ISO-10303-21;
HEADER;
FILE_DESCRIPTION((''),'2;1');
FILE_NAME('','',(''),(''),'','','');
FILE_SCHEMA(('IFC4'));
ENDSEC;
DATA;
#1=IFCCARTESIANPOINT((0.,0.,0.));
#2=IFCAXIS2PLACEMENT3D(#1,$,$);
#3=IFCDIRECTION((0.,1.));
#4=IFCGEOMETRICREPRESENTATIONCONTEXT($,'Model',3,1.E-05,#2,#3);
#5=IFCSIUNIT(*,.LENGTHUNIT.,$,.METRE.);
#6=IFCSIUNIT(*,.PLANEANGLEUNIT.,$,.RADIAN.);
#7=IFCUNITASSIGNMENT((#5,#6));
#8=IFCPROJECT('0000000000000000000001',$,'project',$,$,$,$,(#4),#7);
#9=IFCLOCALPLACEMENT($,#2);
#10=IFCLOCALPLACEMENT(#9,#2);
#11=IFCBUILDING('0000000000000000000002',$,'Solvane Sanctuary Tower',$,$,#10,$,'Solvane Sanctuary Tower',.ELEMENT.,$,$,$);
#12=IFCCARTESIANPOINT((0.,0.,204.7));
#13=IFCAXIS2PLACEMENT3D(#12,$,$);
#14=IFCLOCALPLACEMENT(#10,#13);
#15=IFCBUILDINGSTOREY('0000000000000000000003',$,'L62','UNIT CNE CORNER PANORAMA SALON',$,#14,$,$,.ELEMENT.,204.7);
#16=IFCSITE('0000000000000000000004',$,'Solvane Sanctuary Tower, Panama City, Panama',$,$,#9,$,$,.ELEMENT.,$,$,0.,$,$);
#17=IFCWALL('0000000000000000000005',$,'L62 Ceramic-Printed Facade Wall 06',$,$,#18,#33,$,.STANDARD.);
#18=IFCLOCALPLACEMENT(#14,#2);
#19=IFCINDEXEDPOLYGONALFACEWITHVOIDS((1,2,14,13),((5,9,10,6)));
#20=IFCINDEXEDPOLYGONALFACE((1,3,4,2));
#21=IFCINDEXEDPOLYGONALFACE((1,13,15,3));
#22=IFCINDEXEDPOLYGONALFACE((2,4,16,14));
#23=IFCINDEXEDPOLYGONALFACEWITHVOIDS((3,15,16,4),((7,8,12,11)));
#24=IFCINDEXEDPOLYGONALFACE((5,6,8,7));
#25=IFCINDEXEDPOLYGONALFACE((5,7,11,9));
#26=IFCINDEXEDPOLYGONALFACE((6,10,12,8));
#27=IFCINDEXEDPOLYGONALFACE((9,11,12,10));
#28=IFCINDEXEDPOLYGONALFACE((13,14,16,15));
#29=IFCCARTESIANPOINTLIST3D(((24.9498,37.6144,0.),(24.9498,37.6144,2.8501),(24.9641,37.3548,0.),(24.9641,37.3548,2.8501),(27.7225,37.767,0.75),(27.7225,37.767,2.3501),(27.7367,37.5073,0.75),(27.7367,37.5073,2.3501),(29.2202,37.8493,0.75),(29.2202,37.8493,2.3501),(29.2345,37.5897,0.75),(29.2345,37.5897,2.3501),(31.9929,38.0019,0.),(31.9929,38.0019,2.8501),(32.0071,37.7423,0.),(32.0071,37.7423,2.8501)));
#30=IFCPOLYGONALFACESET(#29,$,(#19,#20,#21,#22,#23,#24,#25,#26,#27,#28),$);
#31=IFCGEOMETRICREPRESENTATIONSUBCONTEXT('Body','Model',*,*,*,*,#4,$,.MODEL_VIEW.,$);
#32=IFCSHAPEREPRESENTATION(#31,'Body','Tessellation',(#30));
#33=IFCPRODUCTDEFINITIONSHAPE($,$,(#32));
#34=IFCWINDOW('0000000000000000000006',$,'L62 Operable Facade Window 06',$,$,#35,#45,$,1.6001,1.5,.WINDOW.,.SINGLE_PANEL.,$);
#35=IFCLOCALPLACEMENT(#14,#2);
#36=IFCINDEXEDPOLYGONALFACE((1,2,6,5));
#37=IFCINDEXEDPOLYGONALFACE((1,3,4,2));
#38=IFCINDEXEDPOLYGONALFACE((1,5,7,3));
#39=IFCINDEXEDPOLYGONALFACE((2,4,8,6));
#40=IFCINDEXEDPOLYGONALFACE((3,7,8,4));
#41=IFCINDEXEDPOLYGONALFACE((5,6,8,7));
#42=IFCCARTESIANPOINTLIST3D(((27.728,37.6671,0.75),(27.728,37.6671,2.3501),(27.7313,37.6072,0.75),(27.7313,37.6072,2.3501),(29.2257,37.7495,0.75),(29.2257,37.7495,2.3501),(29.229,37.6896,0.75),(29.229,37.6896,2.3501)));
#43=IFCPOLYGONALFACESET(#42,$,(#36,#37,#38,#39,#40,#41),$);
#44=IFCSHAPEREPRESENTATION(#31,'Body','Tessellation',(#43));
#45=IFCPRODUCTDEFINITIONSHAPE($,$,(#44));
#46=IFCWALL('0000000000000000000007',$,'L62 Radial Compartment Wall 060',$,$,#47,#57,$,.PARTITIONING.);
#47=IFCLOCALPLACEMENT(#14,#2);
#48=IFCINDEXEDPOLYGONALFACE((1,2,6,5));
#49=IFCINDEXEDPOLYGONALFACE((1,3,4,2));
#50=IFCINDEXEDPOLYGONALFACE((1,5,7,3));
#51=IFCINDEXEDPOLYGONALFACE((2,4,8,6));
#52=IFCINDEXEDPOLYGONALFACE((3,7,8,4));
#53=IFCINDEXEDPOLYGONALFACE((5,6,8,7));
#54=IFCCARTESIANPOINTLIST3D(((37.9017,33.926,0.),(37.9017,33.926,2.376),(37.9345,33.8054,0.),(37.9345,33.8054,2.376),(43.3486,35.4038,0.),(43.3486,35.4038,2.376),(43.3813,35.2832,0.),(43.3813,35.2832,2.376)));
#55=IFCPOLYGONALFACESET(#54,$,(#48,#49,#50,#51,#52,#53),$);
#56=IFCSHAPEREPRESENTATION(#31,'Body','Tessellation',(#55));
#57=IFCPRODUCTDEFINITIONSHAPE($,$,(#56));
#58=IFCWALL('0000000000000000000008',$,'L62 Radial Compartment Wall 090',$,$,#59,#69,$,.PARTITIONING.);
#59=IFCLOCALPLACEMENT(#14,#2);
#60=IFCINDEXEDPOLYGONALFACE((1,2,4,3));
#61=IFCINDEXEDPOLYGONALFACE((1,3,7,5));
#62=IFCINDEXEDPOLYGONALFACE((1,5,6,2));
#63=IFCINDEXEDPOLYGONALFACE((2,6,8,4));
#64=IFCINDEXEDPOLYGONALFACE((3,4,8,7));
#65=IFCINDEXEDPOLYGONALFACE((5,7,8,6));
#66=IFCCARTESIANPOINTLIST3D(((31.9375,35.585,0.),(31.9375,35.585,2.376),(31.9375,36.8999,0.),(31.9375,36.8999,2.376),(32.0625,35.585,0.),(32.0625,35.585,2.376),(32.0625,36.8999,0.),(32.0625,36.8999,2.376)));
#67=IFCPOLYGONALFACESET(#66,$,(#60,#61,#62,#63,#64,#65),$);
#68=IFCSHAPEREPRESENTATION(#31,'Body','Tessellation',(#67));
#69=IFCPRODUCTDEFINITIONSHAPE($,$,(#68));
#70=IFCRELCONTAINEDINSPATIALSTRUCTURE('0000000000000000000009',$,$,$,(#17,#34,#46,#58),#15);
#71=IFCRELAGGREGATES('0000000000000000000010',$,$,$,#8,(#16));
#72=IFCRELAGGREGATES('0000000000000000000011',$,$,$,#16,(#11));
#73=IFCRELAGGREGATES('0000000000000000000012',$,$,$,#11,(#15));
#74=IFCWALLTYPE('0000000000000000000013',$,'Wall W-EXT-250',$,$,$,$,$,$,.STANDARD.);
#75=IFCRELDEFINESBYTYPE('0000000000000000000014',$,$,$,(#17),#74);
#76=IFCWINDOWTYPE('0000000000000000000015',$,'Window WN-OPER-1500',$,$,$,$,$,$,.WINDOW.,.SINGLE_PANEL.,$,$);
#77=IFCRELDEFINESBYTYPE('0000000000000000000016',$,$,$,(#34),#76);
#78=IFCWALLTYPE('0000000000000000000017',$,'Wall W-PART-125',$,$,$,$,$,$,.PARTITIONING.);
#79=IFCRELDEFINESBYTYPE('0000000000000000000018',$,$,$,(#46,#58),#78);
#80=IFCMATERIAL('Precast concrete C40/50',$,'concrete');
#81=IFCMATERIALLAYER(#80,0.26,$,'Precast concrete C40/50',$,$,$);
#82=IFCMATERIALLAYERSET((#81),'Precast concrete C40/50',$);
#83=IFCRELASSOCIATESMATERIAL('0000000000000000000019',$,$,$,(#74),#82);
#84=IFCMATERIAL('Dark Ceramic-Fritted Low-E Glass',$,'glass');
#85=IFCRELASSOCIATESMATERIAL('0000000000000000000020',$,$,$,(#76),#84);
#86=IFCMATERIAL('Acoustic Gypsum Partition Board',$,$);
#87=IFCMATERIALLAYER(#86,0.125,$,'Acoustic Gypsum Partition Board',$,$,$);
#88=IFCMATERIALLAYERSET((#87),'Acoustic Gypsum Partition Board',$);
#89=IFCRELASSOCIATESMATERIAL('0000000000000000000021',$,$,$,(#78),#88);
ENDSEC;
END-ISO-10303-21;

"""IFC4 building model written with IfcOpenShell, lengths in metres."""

from ifc_helpers import new_model, si_unit, direction, frame, frame_2d, origin, place, context, subcontext, project, spatial, rectangle, extrude, material, layer, layer_set, type_object, element, fill, save


model = new_model("IFC4")

# Units and contexts
model_context = context("Model", 3, precision=1e-05, world=origin(), true_north=direction((0.0, 1.0)))
body_context = subcontext(model_context, "Body", "Model", "MODEL_VIEW")
ifc_project = project(units=[si_unit("LENGTHUNIT", "METRE"), si_unit("PLANEANGLEUNIT", "RADIAN")], contexts=[model_context])

# Site, building, storey
site_placement = place(None, origin())
site = spatial("IfcSite", under=ifc_project, at=site_placement, Name="Solvane Sanctuary Tower, Panama City, Panama", CompositionType="ELEMENT", RefElevation=0.0)
building_placement = place(site_placement, origin())
building = spatial("IfcBuilding", under=site, at=building_placement, Name="Solvane Sanctuary Tower", LongName="Solvane Sanctuary Tower", CompositionType="ELEMENT")
storey_placement = place(building_placement, frame((0.0, 0.0, 204.7)))
storey = spatial("IfcBuildingStorey", under=building, at=storey_placement, Name="L62", Description="UNIT CNE CORNER PANORAMA SALON", CompositionType="ELEMENT", Elevation=204.7)

# Shared definitions
ifc_material_1 = material(Name="Acoustic Gypsum Partition Board")

# Wall, opening, window
ifc_material_2 = material(Name="Precast concrete C40/50", Category="concrete")
ifc_layer_1 = layer(ifc_material_2, 0.26, Name="Precast concrete C40/50")
ifc_layer_set_1 = layer_set([ifc_layer_1], Name="Precast concrete C40/50")
wall_type_1 = type_object("IfcWallType", Name="Wall W-EXT-250", PredefinedType="STANDARD", material=ifc_layer_set_1)
ifc_material_3 = material(Name="Dark Ceramic-Fritted Low-E Glass", Category="glass")
window_type = type_object("IfcWindowType", Name="Window WN-OPER-1500", PartitioningType="SINGLE_PANEL", PredefinedType="WINDOW", material=ifc_material_3)
wall_1_placement = place(storey_placement, frame((32.0, 37.8721, 0.0), z_axis=(0.0, 0.0, 1.0), x_axis=(-0.99849, -0.054929, 0.0)))
wall_1 = element("IfcWall", 1, at=wall_1_placement, inside=storey, type_object=wall_type_1, Name="L62 Ceramic-Printed Facade Wall 06", PredefinedType="STANDARD", context=body_context, shape_type="SweptSolid", body=[
    extrude(rectangle(XDim=7.0537, YDim=0.26, at=frame_2d((3.5269, 0.0))), origin(), (0.0, 0.0, 1.0), 2.8501),
])
opening_1_placement = place(wall_1_placement, frame((2.7769, 0.0, 0.75)))
opening_1 = element("IfcOpeningElement", 2, at=opening_1_placement, cuts=wall_1, PredefinedType="OPENING", context=body_context, shape_type="SweptSolid", body=[
    extrude(rectangle(XDim=1.5, YDim=1.6001, at=frame_2d((0.75, 0.8))), frame((0.0, 0.1399, 0.0), z_axis=(0.0, -1.0, 0.0), x_axis=(1.0, 0.0, 0.0)), (0.0, 0.0, 1.0), 0.28),
])
window_1_placement = place(opening_1_placement, origin())
window_1 = element("IfcWindow", 3, at=window_1_placement, inside=storey, type_object=window_type, Name="L62 Operable Facade Window 06", OverallHeight=1.6001, OverallWidth=1.5, PartitioningType="SINGLE_PANEL", PredefinedType="WINDOW", context=body_context, shape_type="SweptSolid", body=[
    extrude(rectangle(XDim=1.5, YDim=1.6001, at=frame_2d((0.75, 0.8))), frame((0.0, 0.03, 0.0), z_axis=(0.0, -1.0, 0.0), x_axis=(1.0, 0.0, 0.0)), (0.0, 0.0, 1.0), 0.0601),
])
fill(opening_1, window_1)

# Walls
ifc_layer_2 = layer(ifc_material_1, 0.125, Name="Acoustic Gypsum Partition Board")
ifc_layer_set_2 = layer_set([ifc_layer_2], Name="Acoustic Gypsum Partition Board")
wall_type_2 = type_object("IfcWallType", Name="Wall W-PART-125", PredefinedType="PARTITIONING", material=ifc_layer_set_2)
wall_2_placement = place(storey_placement, frame((37.9182, 33.8657, 0.0), z_axis=(0.0, 0.0, 1.0), x_axis=(0.965109, 0.261847, 0.0)))
element("IfcWall", 4, at=wall_2_placement, inside=storey, type_object=wall_type_2, Name="L62 Radial Compartment Wall 060", PredefinedType="PARTITIONING", context=body_context, shape_type="SweptSolid", body=[
    extrude(rectangle(XDim=5.6438, YDim=0.125, at=frame_2d((2.8218, 0.0))), origin(), (0.0, 0.0, 1.0), 2.376),
])
wall_3_placement = place(storey_placement, frame((32.0, 35.585, 0.0), z_axis=(0.0, 0.0, 1.0), x_axis=(0.0, 1.0, 0.0)))
element("IfcWall", 5, at=wall_3_placement, inside=storey, type_object=wall_type_2, Name="L62 Radial Compartment Wall 090", PredefinedType="PARTITIONING", context=body_context, shape_type="SweptSolid", body=[
    extrude(rectangle(XDim=1.3149, YDim=0.125, at=frame_2d((0.6575, 0.0))), origin(), (0.0, 0.0, 1.0), 2.376),
])

save(model, "model.ifc")
